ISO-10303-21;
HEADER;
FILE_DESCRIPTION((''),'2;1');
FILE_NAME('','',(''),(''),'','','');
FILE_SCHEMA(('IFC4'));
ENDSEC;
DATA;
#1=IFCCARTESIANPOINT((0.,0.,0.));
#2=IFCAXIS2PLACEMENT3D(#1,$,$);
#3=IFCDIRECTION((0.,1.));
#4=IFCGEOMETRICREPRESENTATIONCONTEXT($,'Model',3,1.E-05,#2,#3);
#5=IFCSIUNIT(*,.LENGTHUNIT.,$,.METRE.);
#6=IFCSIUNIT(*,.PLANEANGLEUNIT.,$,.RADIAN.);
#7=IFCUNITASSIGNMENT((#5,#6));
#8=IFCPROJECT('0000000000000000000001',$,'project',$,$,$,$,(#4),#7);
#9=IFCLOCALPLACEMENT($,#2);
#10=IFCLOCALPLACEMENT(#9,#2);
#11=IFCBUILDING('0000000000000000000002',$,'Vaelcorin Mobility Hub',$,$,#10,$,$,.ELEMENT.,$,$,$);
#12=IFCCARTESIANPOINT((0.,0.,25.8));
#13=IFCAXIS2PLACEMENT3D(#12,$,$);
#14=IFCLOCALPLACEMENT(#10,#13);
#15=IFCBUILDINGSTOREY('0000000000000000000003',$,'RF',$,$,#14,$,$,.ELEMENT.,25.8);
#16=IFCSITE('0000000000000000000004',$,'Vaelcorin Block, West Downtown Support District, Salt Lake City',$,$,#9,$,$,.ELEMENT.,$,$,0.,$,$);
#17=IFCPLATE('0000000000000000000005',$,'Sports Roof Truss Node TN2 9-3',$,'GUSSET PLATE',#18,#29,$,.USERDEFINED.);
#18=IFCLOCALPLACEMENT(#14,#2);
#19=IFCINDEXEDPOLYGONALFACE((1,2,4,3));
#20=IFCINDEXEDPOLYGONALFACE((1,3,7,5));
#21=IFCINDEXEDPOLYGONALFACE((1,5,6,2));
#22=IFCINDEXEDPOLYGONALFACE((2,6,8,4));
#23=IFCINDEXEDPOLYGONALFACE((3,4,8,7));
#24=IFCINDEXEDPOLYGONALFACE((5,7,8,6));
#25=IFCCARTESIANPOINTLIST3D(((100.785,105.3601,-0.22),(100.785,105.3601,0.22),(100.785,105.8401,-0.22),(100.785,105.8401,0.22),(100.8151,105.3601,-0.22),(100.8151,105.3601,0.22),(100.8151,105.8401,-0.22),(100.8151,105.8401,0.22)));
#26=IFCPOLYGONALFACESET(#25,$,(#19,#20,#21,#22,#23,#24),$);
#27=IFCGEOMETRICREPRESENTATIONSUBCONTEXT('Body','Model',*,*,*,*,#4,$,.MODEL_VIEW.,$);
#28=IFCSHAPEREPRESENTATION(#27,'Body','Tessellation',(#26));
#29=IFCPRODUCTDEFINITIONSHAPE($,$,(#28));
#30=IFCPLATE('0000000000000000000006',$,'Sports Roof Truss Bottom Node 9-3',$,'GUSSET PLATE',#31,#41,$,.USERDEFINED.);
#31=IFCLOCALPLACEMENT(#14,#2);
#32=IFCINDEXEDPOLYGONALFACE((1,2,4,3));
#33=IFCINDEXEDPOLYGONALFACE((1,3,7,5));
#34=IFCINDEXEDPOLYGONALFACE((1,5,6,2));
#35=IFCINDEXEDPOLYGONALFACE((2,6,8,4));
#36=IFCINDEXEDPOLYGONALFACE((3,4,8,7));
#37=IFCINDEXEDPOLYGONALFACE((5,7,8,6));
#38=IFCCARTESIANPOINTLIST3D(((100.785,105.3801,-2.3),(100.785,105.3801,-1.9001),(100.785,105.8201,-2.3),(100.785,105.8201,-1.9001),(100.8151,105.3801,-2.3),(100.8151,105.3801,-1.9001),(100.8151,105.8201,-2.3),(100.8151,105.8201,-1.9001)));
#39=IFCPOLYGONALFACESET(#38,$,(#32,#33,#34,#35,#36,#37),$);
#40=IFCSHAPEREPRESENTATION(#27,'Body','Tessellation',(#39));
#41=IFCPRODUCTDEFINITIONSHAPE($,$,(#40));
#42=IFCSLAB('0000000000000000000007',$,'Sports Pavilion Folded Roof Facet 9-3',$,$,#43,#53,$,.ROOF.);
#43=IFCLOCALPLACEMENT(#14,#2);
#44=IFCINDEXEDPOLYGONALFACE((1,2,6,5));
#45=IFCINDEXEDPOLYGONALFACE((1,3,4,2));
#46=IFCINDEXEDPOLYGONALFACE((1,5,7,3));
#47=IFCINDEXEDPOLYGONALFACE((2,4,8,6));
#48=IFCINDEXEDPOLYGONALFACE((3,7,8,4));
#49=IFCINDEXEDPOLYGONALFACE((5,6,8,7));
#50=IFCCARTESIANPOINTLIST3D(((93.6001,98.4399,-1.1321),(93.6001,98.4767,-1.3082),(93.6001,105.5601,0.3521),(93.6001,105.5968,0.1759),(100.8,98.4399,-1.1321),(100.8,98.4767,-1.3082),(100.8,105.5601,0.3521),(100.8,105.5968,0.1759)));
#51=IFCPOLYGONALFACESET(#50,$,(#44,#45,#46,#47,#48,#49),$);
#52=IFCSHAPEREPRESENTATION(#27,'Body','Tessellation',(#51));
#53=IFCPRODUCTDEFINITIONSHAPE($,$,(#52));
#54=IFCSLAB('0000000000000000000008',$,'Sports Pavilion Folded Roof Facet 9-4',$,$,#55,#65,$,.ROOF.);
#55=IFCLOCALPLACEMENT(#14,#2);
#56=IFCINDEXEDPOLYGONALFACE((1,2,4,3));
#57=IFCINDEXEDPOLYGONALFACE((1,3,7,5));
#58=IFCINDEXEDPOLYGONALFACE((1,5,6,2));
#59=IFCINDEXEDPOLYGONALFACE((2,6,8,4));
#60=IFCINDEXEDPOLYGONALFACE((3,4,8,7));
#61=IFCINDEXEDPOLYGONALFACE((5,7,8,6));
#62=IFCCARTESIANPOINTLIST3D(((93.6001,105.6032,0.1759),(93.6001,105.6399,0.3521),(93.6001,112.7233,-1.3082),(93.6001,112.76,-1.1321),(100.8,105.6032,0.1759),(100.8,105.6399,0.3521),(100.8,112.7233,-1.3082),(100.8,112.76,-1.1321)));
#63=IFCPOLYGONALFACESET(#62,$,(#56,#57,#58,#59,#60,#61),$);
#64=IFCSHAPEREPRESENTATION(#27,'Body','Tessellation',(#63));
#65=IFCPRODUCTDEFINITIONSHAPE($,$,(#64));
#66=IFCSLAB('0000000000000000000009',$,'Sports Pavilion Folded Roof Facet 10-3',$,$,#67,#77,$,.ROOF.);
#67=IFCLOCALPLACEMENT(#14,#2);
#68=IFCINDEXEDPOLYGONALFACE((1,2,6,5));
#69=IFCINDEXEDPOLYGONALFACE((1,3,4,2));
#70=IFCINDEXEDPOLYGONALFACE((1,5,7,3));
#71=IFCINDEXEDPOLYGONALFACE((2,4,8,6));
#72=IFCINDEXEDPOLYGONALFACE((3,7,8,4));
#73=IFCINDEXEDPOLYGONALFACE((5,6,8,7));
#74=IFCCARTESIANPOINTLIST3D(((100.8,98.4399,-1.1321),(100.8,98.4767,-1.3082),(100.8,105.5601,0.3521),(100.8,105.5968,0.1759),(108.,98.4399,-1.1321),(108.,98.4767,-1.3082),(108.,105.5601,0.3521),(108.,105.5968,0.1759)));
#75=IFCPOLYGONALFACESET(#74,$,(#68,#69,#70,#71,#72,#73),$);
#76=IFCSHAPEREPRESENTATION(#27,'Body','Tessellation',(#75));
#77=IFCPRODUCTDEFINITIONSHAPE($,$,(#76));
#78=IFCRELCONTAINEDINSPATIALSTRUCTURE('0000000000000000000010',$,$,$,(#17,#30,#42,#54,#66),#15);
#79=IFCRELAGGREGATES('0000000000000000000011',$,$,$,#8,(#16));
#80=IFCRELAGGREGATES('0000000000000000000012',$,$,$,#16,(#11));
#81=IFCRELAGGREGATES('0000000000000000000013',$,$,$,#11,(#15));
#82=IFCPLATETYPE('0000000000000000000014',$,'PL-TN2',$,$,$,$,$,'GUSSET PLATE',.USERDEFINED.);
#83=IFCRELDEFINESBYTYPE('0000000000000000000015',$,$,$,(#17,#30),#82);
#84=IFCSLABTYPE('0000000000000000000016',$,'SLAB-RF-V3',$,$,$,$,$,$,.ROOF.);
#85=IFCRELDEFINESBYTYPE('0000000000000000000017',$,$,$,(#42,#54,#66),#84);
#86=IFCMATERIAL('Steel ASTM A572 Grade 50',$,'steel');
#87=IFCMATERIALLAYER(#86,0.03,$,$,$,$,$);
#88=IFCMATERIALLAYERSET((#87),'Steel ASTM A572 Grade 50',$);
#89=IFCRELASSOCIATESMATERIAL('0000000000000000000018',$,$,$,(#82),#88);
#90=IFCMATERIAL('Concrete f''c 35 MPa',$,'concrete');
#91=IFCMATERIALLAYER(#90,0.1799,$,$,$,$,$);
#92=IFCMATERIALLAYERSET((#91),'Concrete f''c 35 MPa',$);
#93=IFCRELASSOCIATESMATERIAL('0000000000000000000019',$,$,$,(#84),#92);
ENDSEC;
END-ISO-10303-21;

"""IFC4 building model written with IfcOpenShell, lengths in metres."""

from ifc_helpers import new_model, si_unit, direction, frame, origin, origin_2d, place, context, subcontext, project, spatial, polyline, rectangle, outline, extrude, material, layer, layer_set, type_object, element, save


model = new_model("IFC4")

# Units and contexts
model_context = context("Model", 3, precision=1e-05, world=origin(), true_north=direction((0.0, 1.0)))
body_context = subcontext(model_context, "Body", "Model", "MODEL_VIEW")
ifc_project = project(units=[si_unit("LENGTHUNIT", "METRE"), si_unit("PLANEANGLEUNIT", "RADIAN")], contexts=[model_context])

# Site, building, storey
site_placement = place(None, origin())
site = spatial("IfcSite", under=ifc_project, at=site_placement, Name="Vaelcorin Block, West Downtown Support District, Salt Lake City", CompositionType="ELEMENT", RefElevation=0.0)
building_placement = place(site_placement, origin())
building = spatial("IfcBuilding", under=site, at=building_placement, Name="Vaelcorin Mobility Hub", CompositionType="ELEMENT")
storey_placement = place(building_placement, frame((0.0, 0.0, 25.8)))
storey = spatial("IfcBuildingStorey", under=building, at=storey_placement, Name="RF", CompositionType="ELEMENT", Elevation=25.8)

# Plates
ifc_material_1 = material(Name="Steel ASTM A572 Grade 50", Category="steel")
ifc_layer_1 = layer(ifc_material_1, 0.03)
ifc_layer_set_1 = layer_set([ifc_layer_1], Name="Steel ASTM A572 Grade 50")
plate_type = type_object("IfcPlateType", Name="PL-TN2", ElementType="GUSSET PLATE", PredefinedType="USERDEFINED", material=ifc_layer_set_1)
plate_1_placement = place(storey_placement, frame((100.8, 105.6001, -0.22), z_axis=(0.0, 0.0, 1.0), x_axis=(1.0, 0.0, 0.0)))
element("IfcPlate", 1, at=plate_1_placement, inside=storey, type_object=plate_type, Name="Sports Roof Truss Node TN2 9-3", ObjectType="GUSSET PLATE", PredefinedType="USERDEFINED", context=body_context, shape_type="SweptSolid", body=[
    extrude(rectangle(XDim=0.03, YDim=0.48, at=origin_2d()), origin(), (0.0, 0.0, 1.0), 0.4399),
])
plate_2_placement = place(storey_placement, frame((100.8, 105.6001, -2.3), z_axis=(0.0, 0.0, 1.0), x_axis=(1.0, 0.0, 0.0)))
element("IfcPlate", 2, at=plate_2_placement, inside=storey, type_object=plate_type, Name="Sports Roof Truss Bottom Node 9-3", ObjectType="GUSSET PLATE", PredefinedType="USERDEFINED", context=body_context, shape_type="SweptSolid", body=[
    extrude(rectangle(XDim=0.03, YDim=0.4399, at=origin_2d()), origin(), (0.0, 0.0, 1.0), 0.3999),
])

# Slabs
ifc_material_2 = material(Name="Concrete f'c 35 MPa", Category="concrete")
ifc_layer_2 = layer(ifc_material_2, 0.1799)
ifc_layer_set_2 = layer_set([ifc_layer_2], Name="Concrete f'c 35 MPa")
slab_type = type_object("IfcSlabType", Name="SLAB-RF-V3", PredefinedType="ROOF", material=ifc_layer_set_2)
for number, where, z_axis, x_axis, name in (
    (3, (93.6001, 98.4399, -1.1321), (0.0, -0.204056, 0.978959), (1.0, 0.0, 0.0), "Sports Pavilion Folded Roof Facet 9-3"),
    (4, (93.6001, 105.6399, 0.3521), (0.0, 0.204056, 0.978959), (1.0, 0.0, 0.0), "Sports Pavilion Folded Roof Facet 9-4"),
    (5, (100.8, 98.4399, -1.1321), (0.0, -0.204056, 0.978959), (1.0, 0.0, 0.0), "Sports Pavilion Folded Roof Facet 10-3"),
):
    element("IfcSlab", number, at=place(storey_placement, frame(where, z_axis=z_axis, x_axis=x_axis)), inside=storey, type_object=slab_type, Name=name, PredefinedType="ROOF", context=body_context, shape_type="SweptSolid", body=[
        extrude(outline(polyline([(0.0, 0.0), (7.2, 0.0), (7.2, 7.2732), (0.0, 7.2732), (0.0, 0.0)])), origin(), (0.0, 0.0, -1.0), 0.1799),
    ])

save(model, "model.ifc")
